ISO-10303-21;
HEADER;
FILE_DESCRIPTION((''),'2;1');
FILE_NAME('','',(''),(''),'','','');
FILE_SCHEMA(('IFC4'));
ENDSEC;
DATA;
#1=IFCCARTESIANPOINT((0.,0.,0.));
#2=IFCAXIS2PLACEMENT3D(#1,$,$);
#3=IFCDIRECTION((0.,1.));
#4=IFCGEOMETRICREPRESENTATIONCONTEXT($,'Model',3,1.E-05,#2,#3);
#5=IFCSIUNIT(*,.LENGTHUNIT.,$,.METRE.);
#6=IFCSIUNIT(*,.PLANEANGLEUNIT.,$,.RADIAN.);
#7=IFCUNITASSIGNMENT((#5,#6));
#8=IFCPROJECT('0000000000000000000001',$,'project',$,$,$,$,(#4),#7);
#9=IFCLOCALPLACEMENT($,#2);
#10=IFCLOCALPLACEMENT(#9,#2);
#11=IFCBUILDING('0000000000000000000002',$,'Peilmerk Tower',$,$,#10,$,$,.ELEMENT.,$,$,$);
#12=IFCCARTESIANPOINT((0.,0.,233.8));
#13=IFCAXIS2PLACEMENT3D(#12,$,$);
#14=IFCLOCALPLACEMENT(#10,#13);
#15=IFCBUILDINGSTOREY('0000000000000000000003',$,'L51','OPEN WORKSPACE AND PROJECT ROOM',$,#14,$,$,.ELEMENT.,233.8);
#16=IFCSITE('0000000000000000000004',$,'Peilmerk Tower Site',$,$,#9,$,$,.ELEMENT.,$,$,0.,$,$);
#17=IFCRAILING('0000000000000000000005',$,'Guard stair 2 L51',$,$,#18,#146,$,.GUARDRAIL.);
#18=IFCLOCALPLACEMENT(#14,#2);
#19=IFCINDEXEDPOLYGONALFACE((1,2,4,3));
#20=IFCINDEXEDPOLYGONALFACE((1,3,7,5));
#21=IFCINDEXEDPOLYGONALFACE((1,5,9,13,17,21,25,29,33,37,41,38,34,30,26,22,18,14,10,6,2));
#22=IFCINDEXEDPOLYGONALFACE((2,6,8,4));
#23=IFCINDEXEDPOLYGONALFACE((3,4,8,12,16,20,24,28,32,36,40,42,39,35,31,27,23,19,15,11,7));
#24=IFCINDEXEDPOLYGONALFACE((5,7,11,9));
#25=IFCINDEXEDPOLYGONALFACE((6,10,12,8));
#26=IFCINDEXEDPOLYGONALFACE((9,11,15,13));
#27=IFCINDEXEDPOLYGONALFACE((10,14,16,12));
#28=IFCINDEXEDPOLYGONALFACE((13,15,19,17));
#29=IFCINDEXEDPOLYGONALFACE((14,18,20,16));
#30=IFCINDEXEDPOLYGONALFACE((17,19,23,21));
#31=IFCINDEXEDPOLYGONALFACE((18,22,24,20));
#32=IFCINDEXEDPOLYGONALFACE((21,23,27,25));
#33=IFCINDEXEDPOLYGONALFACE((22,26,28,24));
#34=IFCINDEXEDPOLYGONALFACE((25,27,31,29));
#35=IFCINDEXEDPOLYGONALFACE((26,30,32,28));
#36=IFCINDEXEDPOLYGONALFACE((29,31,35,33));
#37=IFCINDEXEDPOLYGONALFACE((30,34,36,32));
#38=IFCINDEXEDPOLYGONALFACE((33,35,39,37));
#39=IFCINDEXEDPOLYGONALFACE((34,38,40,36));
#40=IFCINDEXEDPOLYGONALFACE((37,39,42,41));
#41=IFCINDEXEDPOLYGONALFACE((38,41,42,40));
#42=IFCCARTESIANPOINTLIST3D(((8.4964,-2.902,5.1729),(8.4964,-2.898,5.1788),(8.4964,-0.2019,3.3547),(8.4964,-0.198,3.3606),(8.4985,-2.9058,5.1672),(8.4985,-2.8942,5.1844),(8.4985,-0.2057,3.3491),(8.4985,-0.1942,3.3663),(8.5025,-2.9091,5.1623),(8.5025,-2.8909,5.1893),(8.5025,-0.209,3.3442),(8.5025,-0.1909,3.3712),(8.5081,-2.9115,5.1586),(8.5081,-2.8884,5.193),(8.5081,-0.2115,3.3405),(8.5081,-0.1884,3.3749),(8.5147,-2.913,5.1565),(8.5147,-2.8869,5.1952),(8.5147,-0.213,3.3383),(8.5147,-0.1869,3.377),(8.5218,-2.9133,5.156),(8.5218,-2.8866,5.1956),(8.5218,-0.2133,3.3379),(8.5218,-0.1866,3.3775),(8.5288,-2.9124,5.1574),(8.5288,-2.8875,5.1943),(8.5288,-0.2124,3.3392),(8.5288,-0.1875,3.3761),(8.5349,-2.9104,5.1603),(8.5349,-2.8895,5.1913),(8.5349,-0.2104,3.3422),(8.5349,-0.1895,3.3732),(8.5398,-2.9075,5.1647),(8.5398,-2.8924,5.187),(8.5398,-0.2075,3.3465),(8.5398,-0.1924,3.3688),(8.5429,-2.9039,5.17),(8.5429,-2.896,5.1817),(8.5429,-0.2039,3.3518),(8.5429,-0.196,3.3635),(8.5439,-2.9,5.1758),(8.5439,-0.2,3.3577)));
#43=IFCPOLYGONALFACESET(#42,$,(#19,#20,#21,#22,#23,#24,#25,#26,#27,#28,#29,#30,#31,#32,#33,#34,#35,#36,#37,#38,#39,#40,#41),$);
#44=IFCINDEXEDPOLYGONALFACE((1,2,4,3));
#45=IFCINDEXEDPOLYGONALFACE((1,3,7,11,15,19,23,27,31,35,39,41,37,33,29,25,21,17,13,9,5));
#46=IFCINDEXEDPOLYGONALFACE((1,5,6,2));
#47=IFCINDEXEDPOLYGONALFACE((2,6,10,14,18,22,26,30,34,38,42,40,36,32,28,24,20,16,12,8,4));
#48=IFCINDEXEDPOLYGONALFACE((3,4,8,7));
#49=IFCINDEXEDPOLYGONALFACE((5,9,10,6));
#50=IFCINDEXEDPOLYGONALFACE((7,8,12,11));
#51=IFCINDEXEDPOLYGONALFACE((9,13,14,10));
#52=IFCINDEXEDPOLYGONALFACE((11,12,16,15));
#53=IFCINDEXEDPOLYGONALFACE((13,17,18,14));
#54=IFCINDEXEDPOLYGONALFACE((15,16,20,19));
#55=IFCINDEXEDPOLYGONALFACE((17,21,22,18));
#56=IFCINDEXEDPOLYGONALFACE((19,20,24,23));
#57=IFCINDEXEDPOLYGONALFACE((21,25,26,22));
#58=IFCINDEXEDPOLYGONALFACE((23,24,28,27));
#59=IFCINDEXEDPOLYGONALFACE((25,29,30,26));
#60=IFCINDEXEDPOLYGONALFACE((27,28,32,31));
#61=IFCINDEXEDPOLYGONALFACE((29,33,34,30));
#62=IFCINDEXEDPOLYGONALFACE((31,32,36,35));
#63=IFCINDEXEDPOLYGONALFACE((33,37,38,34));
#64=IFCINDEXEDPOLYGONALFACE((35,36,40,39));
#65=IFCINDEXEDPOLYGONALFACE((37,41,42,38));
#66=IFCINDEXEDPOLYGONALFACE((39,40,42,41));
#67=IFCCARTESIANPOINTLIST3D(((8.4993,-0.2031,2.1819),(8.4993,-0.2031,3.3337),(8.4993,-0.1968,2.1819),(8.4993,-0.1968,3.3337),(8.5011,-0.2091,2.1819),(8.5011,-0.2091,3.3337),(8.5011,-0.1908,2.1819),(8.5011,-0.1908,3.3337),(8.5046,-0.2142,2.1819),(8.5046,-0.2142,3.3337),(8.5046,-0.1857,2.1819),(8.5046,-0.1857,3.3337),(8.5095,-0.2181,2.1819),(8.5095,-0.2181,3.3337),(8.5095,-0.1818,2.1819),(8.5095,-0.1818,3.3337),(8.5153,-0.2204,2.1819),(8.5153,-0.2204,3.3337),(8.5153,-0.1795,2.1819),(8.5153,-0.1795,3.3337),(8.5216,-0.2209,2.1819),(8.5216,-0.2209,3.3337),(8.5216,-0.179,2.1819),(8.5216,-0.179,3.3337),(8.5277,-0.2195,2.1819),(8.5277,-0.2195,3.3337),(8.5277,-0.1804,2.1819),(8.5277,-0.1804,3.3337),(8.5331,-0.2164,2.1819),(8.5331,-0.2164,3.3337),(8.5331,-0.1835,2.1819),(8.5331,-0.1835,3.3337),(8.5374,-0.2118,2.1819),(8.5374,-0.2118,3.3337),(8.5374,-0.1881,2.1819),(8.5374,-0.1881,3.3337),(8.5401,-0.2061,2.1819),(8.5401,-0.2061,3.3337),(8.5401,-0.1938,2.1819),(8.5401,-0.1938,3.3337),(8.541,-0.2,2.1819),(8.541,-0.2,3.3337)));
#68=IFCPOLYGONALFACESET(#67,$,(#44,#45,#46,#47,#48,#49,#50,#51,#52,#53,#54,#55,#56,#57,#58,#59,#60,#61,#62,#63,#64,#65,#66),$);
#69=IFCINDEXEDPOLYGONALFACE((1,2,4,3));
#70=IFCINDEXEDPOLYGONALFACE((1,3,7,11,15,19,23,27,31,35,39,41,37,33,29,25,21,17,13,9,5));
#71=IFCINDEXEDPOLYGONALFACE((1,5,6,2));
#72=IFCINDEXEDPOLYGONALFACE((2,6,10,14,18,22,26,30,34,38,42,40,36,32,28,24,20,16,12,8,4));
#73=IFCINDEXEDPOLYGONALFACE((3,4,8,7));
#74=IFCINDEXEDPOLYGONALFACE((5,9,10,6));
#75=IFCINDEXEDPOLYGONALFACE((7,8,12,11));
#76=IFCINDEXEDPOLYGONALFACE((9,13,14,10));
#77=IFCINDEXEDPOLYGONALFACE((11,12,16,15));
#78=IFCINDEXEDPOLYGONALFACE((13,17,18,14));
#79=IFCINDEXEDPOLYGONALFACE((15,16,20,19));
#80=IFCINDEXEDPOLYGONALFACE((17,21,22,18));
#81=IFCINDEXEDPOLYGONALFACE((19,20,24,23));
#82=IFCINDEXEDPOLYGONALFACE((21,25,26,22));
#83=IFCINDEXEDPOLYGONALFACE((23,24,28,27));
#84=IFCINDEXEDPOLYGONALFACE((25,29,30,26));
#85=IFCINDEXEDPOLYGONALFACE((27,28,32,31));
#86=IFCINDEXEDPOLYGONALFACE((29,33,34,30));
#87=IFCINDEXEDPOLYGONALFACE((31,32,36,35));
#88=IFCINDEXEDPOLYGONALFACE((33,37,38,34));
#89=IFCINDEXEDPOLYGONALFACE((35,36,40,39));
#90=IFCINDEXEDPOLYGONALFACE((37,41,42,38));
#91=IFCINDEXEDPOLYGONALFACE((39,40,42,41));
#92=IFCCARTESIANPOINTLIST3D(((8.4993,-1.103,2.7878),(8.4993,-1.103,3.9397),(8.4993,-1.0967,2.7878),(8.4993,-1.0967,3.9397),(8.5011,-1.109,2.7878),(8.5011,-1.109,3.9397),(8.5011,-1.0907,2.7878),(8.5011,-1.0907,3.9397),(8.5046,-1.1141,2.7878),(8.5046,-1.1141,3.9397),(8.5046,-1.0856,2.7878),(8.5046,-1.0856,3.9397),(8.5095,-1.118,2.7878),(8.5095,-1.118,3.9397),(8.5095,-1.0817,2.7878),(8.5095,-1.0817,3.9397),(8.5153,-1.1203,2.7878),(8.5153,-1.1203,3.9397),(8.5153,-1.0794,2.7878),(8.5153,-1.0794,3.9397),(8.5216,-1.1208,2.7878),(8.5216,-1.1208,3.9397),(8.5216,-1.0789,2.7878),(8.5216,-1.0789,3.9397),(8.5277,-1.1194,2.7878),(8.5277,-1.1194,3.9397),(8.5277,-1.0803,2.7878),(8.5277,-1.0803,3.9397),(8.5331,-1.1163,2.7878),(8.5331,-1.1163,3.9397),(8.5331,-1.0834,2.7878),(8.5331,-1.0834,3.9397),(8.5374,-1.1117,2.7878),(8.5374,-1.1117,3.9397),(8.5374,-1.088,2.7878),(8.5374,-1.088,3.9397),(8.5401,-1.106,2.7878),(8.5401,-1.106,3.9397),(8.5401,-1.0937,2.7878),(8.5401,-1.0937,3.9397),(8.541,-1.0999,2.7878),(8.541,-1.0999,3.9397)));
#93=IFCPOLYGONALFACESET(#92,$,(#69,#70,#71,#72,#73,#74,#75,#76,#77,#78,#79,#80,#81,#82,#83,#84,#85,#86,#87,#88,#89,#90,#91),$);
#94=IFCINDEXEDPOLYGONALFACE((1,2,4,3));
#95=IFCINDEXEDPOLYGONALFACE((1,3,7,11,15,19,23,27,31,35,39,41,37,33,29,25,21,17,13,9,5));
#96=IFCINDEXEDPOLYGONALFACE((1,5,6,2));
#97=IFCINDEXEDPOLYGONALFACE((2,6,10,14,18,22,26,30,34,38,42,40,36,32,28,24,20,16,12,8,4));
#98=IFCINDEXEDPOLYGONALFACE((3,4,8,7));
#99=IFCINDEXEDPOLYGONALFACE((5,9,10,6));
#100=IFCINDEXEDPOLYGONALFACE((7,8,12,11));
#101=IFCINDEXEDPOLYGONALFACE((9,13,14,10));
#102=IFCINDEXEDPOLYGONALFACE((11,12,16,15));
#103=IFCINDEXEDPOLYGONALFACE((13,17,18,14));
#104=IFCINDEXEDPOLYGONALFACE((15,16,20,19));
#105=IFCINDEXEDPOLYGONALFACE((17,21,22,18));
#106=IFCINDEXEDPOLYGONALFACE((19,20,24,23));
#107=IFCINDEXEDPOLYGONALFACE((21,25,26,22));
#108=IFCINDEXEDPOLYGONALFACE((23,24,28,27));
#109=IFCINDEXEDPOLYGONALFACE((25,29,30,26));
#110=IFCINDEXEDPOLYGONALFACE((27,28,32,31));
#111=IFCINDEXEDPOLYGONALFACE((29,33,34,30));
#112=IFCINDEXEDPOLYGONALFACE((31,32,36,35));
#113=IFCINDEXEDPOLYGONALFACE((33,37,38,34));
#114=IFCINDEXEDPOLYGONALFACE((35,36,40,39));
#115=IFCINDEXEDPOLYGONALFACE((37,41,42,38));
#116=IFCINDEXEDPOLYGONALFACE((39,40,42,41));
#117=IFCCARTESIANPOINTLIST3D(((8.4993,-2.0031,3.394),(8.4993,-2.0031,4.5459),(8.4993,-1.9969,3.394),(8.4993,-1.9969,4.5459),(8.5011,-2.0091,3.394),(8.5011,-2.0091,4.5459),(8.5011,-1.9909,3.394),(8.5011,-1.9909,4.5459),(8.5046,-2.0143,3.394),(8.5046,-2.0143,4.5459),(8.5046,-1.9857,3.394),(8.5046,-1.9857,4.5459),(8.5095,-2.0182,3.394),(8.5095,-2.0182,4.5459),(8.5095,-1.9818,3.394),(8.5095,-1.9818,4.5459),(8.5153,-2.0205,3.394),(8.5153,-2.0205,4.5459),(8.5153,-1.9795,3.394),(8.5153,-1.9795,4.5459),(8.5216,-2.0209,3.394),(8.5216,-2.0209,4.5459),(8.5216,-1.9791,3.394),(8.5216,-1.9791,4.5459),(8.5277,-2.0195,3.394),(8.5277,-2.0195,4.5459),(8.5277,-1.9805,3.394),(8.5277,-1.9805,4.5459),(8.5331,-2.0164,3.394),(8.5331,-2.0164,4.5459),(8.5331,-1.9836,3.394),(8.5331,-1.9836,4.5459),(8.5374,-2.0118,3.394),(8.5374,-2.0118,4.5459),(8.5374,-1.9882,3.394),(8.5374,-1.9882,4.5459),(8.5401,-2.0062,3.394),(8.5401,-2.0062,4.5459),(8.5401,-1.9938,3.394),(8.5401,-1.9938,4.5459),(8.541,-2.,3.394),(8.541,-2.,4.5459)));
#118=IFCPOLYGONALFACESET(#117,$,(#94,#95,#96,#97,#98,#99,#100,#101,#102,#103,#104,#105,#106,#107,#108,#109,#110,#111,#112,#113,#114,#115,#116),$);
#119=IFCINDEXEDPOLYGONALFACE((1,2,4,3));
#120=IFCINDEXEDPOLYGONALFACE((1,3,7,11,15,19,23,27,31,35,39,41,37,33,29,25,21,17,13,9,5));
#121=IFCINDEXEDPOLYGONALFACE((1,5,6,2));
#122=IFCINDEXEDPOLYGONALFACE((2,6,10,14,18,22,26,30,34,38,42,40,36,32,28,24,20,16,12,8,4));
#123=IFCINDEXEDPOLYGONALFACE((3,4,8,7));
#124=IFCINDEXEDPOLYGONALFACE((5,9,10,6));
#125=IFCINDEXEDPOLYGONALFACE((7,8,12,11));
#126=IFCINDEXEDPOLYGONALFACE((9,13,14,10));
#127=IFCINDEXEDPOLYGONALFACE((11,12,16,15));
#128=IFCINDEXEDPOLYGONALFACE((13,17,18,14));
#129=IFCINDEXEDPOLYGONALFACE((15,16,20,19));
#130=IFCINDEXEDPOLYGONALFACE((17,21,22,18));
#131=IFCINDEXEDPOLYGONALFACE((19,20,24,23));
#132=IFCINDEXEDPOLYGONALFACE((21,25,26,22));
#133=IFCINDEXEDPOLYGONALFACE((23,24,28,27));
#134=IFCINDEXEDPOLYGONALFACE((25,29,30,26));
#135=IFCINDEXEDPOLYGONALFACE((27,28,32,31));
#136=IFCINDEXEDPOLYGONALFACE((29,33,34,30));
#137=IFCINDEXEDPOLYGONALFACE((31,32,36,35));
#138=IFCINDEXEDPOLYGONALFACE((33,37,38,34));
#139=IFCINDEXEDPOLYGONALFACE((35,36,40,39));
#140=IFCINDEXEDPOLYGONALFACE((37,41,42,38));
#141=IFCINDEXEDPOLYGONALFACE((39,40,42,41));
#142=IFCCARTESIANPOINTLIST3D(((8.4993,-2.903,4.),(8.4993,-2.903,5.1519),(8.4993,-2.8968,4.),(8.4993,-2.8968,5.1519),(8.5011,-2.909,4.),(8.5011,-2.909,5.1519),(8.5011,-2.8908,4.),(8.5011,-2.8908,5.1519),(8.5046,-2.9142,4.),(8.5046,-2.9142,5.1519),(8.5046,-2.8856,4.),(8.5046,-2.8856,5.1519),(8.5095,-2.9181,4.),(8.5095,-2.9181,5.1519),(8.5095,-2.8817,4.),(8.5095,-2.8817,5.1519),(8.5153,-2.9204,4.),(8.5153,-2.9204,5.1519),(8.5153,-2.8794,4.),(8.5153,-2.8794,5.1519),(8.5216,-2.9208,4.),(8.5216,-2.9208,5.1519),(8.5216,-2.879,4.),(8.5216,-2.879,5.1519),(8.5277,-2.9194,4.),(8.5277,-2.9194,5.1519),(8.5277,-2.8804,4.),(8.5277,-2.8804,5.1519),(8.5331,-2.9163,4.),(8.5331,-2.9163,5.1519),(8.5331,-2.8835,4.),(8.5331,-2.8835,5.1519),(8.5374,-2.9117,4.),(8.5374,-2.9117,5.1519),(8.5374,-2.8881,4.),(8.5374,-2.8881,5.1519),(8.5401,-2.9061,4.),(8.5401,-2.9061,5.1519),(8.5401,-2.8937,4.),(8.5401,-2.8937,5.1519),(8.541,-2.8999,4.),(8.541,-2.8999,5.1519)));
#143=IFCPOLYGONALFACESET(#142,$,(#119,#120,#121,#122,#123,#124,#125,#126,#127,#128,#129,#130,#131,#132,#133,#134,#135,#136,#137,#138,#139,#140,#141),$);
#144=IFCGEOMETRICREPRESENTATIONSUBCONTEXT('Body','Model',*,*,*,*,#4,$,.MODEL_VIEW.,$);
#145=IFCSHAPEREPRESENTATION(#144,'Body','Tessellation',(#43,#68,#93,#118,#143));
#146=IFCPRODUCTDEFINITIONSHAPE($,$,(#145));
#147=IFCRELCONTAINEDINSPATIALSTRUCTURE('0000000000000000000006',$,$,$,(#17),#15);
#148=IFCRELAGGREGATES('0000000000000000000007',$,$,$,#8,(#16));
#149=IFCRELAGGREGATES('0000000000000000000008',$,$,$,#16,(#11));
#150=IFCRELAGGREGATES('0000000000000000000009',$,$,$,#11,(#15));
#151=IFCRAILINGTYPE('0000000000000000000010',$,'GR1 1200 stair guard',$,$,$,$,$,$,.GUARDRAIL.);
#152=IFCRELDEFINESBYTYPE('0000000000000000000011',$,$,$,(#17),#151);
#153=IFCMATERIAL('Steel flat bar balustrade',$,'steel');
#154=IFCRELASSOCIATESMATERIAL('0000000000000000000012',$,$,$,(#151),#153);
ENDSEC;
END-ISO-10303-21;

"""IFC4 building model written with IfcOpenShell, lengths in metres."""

from ifc_helpers import new_model, si_unit, direction, frame, origin, origin_2d, place, context, subcontext, project, spatial, circle, extrude, material, type_object, element, save


model = new_model("IFC4")

# Units and contexts
model_context = context("Model", 3, precision=1e-05, world=origin(), true_north=direction((0.0, 1.0)))
body_context = subcontext(model_context, "Body", "Model", "MODEL_VIEW")
ifc_project = project(units=[si_unit("LENGTHUNIT", "METRE"), si_unit("PLANEANGLEUNIT", "RADIAN")], contexts=[model_context])

# Site, building, storey
site_placement = place(None, origin())
site = spatial("IfcSite", under=ifc_project, at=site_placement, Name="Peilmerk Tower Site", CompositionType="ELEMENT", RefElevation=0.0)
building_placement = place(site_placement, origin())
building = spatial("IfcBuilding", under=site, at=building_placement, Name="Peilmerk Tower", CompositionType="ELEMENT")
storey_placement = place(building_placement, frame((0.0, 0.0, 233.8)))
storey = spatial("IfcBuildingStorey", under=building, at=storey_placement, Name="L51", Description="OPEN WORKSPACE AND PROJECT ROOM", CompositionType="ELEMENT", Elevation=233.8)

# Railing
ifc_material_1 = material(Name="Steel flat bar balustrade", Category="steel")
railing_type_1 = type_object("IfcRailingType", Name="GR1 1200 stair guard", PredefinedType="GUARDRAIL", material=ifc_material_1)
railing_1_placement = place(storey_placement, frame((8.52, -0.2, 2.1819)))
element("IfcRailing", 1, at=railing_1_placement, inside=storey, type_object=railing_type_1, Name="Guard stair 2 L51", PredefinedType="GUARDRAIL", context=body_context, shape_type="SweptSolid", body=[
    extrude(circle(Radius=0.0239, at=origin_2d()), frame((0.0, 0.0, 1.1758), z_axis=(0.0, -0.829468, 0.558554), x_axis=(1.0, 0.0, 0.0)), (0.0, 0.0, 1.0), 3.2551),
    extrude(circle(Radius=0.021, at=origin_2d()), origin(), (0.0, 0.0, 1.0), 1.1519),
    extrude(circle(Radius=0.021, at=origin_2d()), frame((0.0, -0.8999, 0.606)), (0.0, 0.0, 1.0), 1.1519),
    extrude(circle(Radius=0.021, at=origin_2d()), frame((0.0, -1.8, 1.2122)), (0.0, 0.0, 1.0), 1.1519),
    extrude(circle(Radius=0.021, at=origin_2d()), frame((0.0, -2.7, 1.8181)), (0.0, 0.0, 1.0), 1.1519),
])

save(model, "model.ifc")
